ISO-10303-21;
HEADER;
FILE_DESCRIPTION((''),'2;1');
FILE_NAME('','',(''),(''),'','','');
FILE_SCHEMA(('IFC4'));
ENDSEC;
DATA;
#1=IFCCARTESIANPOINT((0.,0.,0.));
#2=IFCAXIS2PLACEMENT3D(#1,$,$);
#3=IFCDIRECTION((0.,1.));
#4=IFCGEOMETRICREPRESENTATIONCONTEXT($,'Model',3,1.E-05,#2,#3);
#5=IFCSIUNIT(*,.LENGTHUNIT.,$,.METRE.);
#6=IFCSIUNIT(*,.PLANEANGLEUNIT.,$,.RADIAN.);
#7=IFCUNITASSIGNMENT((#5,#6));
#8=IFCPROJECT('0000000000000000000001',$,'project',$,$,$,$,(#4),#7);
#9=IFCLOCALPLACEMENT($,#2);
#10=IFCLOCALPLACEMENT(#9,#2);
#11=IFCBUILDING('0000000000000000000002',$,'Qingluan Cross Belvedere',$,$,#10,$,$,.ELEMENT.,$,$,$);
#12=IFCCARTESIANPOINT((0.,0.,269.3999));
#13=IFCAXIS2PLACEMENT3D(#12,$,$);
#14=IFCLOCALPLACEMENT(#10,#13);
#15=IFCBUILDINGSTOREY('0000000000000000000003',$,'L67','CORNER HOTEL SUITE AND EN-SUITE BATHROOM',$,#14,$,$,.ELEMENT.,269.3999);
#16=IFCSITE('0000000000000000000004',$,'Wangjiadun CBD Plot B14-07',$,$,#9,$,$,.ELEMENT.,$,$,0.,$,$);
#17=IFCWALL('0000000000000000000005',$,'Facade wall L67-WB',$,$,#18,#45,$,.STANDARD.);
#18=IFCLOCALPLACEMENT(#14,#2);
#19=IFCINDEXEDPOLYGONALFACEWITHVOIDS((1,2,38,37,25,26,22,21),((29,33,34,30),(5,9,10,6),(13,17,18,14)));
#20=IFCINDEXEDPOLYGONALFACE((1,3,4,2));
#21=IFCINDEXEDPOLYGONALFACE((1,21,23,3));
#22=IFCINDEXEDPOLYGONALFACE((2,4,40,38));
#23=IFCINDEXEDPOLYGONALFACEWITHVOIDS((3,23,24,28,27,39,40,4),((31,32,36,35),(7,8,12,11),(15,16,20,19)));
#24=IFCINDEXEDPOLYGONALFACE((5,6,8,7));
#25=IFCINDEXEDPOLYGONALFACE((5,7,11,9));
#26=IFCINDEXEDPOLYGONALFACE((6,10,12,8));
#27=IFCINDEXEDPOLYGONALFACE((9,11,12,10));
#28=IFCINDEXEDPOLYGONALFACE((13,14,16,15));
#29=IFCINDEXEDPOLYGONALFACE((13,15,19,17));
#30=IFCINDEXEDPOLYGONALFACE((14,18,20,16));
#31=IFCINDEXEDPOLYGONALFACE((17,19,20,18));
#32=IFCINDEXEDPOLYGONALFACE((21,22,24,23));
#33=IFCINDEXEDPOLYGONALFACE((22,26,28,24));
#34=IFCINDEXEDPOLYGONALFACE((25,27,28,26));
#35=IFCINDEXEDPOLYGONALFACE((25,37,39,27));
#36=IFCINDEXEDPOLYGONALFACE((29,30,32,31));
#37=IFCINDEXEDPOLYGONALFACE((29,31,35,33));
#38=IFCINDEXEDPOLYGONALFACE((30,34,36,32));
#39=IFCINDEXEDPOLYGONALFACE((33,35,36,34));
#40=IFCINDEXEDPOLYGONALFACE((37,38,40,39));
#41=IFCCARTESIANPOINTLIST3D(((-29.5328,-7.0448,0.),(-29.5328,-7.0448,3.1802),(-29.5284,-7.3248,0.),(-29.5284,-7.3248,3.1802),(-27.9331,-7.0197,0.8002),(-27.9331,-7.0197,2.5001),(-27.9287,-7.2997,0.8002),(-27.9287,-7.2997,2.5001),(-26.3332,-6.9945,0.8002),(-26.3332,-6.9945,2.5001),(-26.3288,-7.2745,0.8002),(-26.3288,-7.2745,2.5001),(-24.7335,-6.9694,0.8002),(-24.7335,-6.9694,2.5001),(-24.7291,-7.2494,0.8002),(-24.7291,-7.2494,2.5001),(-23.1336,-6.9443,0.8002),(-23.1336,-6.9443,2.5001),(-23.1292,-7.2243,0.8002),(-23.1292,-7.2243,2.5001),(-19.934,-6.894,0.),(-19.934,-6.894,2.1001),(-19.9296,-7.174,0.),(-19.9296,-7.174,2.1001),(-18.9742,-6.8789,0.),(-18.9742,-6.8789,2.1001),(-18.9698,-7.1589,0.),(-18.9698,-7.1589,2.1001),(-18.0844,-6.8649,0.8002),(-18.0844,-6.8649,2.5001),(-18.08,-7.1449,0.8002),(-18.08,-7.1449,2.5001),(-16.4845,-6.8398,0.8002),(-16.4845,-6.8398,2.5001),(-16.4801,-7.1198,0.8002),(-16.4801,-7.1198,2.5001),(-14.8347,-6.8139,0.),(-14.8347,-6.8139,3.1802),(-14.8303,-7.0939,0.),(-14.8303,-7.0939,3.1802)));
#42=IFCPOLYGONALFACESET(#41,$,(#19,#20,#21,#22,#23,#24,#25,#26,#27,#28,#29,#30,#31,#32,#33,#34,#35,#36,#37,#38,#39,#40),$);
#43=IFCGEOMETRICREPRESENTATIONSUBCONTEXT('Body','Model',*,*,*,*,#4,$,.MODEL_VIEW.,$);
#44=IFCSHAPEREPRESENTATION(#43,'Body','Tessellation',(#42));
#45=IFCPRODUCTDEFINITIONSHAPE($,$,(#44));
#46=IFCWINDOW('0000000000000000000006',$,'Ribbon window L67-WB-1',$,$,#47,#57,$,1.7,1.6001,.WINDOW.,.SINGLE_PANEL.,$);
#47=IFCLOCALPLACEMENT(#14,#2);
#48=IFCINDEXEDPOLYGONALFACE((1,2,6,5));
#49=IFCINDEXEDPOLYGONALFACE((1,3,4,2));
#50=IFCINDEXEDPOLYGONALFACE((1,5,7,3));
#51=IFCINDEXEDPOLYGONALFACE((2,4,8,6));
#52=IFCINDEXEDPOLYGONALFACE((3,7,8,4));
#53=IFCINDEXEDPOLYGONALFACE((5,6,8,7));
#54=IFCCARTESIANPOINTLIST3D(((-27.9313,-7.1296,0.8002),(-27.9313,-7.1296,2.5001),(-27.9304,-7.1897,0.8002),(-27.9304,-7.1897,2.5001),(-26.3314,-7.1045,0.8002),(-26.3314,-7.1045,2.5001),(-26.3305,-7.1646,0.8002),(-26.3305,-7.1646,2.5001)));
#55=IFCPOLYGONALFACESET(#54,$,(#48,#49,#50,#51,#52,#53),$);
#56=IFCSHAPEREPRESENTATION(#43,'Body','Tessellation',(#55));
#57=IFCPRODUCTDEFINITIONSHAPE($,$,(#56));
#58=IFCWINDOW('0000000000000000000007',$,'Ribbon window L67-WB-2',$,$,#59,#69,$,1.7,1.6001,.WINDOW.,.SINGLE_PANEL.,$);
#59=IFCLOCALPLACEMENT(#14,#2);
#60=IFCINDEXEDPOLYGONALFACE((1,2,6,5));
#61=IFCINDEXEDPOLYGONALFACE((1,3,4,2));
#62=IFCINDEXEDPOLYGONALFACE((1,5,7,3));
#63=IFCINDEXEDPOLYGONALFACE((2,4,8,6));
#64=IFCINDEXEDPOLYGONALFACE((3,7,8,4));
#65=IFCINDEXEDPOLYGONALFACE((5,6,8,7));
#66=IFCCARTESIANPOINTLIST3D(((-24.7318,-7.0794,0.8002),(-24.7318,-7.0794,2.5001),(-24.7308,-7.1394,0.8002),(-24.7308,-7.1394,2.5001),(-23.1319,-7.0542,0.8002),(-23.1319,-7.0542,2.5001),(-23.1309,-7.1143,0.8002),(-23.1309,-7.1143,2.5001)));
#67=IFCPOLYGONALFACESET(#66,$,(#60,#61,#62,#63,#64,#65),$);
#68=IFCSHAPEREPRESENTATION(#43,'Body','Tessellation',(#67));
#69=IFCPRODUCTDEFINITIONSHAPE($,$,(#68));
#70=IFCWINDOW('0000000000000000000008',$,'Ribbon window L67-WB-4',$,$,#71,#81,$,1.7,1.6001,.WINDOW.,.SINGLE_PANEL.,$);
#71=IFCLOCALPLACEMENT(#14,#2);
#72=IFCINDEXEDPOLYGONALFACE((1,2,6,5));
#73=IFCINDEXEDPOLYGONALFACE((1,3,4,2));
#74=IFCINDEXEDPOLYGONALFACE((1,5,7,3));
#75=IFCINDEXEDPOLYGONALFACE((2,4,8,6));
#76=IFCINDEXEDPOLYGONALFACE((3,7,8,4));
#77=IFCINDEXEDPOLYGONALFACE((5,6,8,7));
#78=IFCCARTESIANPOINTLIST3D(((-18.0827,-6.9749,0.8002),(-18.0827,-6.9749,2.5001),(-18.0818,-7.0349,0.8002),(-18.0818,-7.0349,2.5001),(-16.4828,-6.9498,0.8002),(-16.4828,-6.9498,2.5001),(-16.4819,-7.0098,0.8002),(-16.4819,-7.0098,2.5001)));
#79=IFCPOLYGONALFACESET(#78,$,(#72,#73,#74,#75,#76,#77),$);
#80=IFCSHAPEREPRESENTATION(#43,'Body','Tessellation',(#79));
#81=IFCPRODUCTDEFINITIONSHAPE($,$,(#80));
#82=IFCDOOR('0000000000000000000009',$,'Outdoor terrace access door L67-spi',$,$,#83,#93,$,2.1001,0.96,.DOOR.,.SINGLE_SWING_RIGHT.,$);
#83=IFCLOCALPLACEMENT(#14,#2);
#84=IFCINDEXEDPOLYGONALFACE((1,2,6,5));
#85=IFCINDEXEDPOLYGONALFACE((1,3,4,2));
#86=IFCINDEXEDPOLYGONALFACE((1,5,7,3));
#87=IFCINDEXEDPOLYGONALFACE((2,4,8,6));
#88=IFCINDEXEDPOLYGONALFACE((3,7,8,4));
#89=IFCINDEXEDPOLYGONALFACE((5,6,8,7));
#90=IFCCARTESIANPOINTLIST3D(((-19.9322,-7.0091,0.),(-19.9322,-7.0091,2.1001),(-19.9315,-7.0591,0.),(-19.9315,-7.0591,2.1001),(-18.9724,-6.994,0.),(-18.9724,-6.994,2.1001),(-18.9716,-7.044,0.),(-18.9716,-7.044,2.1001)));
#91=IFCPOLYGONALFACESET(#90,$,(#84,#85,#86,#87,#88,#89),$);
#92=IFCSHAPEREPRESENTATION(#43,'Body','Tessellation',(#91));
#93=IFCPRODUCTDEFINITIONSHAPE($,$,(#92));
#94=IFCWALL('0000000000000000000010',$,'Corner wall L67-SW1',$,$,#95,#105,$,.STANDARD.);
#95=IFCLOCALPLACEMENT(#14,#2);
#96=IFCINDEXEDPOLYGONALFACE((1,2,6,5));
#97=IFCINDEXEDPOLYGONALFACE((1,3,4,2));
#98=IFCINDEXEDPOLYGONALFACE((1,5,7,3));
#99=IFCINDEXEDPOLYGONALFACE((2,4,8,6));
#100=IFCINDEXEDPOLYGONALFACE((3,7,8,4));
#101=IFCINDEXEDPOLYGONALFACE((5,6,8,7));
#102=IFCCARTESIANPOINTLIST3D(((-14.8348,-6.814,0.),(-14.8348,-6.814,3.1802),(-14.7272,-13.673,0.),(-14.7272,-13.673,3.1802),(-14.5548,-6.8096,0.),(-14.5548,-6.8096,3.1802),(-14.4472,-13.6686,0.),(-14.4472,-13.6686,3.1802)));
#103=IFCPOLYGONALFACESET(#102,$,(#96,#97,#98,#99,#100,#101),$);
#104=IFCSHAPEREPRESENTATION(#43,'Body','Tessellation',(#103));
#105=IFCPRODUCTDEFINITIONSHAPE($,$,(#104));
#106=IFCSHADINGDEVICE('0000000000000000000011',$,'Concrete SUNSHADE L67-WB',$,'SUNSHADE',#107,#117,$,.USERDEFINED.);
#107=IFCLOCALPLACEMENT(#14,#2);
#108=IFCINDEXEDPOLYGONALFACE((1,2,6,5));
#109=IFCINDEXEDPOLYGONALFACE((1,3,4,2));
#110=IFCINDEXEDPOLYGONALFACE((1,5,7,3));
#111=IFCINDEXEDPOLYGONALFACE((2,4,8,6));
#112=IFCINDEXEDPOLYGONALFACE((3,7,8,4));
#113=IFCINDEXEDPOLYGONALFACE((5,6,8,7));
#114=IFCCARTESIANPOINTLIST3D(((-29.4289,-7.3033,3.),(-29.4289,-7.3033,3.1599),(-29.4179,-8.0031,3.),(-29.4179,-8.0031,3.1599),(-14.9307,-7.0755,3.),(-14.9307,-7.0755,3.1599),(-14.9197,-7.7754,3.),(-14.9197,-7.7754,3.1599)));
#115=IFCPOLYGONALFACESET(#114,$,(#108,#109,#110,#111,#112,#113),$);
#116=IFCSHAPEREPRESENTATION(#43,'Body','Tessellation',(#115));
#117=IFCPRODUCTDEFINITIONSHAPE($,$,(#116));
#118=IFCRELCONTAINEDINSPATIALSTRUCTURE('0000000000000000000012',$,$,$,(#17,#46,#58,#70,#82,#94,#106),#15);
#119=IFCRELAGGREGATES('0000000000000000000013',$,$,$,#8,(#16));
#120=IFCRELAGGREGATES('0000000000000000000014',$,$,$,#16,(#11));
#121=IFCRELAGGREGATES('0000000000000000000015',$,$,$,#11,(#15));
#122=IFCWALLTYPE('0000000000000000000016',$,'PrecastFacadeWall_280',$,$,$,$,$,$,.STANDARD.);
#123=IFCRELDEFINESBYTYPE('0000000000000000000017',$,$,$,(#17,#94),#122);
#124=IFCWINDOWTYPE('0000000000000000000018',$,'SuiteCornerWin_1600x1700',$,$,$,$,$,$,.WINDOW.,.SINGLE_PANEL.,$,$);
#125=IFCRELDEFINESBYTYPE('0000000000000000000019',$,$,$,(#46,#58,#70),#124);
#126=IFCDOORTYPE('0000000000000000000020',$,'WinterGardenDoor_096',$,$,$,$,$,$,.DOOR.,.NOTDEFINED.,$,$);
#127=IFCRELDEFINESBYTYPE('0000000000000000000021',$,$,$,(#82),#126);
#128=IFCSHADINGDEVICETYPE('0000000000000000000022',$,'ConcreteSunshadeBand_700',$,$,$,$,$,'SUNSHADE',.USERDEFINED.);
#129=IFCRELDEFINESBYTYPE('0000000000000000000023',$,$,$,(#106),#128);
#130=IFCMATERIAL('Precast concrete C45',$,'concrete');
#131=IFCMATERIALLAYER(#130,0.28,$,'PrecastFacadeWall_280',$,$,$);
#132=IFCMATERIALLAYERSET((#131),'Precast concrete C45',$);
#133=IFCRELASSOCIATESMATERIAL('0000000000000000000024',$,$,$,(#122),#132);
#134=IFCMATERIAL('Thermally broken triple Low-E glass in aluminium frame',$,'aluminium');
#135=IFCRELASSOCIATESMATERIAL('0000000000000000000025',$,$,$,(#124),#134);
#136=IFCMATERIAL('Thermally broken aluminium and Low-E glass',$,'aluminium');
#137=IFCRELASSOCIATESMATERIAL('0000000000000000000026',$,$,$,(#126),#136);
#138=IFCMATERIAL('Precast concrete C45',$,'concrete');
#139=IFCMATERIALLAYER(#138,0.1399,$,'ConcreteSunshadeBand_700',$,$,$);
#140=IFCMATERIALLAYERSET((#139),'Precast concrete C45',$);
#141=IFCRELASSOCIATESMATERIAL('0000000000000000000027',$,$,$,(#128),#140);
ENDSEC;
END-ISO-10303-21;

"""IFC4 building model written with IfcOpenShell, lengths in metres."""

from ifc_helpers import new_model, si_unit, direction, frame, frame_2d, origin, origin_2d, place, context, subcontext, project, spatial, rectangle, extrude, material, layer, layer_set, type_object, element, fill, save


model = new_model("IFC4")

# Units and contexts
model_context = context("Model", 3, precision=1e-05, world=origin(), true_north=direction((0.0, 1.0)))
body_context = subcontext(model_context, "Body", "Model", "MODEL_VIEW")
ifc_project = project(units=[si_unit("LENGTHUNIT", "METRE"), si_unit("PLANEANGLEUNIT", "RADIAN")], contexts=[model_context])

# Site, building, storey
site_placement = place(None, origin())
site = spatial("IfcSite", under=ifc_project, at=site_placement, Name="Wangjiadun CBD Plot B14-07", CompositionType="ELEMENT", RefElevation=0.0)
building_placement = place(site_placement, origin())
building = spatial("IfcBuilding", under=site, at=building_placement, Name="Qingluan Cross Belvedere", CompositionType="ELEMENT")
storey_placement = place(building_placement, frame((0.0, 0.0, 269.3999)))
storey = spatial("IfcBuildingStorey", under=building, at=storey_placement, Name="L67", Description="CORNER HOTEL SUITE AND EN-SUITE BATHROOM", CompositionType="ELEMENT", Elevation=269.3999)

# Wall, openings, windows, door
ifc_material_1 = material(Name="Precast concrete C45", Category="concrete")
ifc_layer_1 = layer(ifc_material_1, 0.28, Name="PrecastFacadeWall_280")
ifc_layer_set_1 = layer_set([ifc_layer_1], Name="Precast concrete C45")
wall_type_1 = type_object("IfcWallType", Name="PrecastFacadeWall_280", PredefinedType="STANDARD", material=ifc_layer_set_1)
wall_1_placement = place(storey_placement, frame((-29.5308, -7.1848, 0.0), z_axis=(0.0, 0.0, 1.0), x_axis=(0.999877, 0.015711, 0.0)))
wall_1 = element("IfcWall", 1, at=wall_1_placement, inside=storey, type_object=wall_type_1, Name="Facade wall L67-WB", PredefinedType="STANDARD", context=body_context, shape_type="SweptSolid", body=[
    extrude(rectangle(XDim=14.7, YDim=0.28, at=frame_2d((7.3501, 0.0))), origin(), (0.0, 0.0, 1.0), 3.1802),
])
opening_1_placement = place(wall_1_placement, frame((1.6001, 0.0, 0.8)))
opening_1 = element("IfcOpeningElement", 2, at=opening_1_placement, cuts=wall_1, PredefinedType="OPENING", context=body_context, shape_type="SweptSolid", body=[
    extrude(rectangle(XDim=1.6001, YDim=1.7, at=frame_2d((0.8, 0.8501))), frame((0.0, 0.1499, 0.0), z_axis=(0.0, -1.0, 0.0), x_axis=(1.0, 0.0, 0.0)), (0.0, 0.0, 1.0), 0.3),
])
opening_2_placement = place(wall_1_placement, frame((4.8, 0.0, 0.8)))
opening_2 = element("IfcOpeningElement", 3, at=opening_2_placement, cuts=wall_1, PredefinedType="OPENING", context=body_context, shape_type="SweptSolid", body=[
    extrude(rectangle(XDim=1.6001, YDim=1.7, at=frame_2d((0.8, 0.8501))), frame((0.0, 0.1499, 0.0), z_axis=(0.0, -1.0, 0.0), x_axis=(1.0, 0.0, 0.0)), (0.0, 0.0, 1.0), 0.3),
])
opening_3_placement = place(wall_1_placement, frame((11.45, 0.0, 0.8)))
opening_3 = element("IfcOpeningElement", 4, at=opening_3_placement, cuts=wall_1, PredefinedType="OPENING", context=body_context, shape_type="SweptSolid", body=[
    extrude(rectangle(XDim=1.6001, YDim=1.7, at=frame_2d((0.8, 0.8501))), frame((0.0, 0.1499, 0.0), z_axis=(0.0, -1.0, 0.0), x_axis=(1.0, 0.0, 0.0)), (0.0, 0.0, 1.0), 0.3),
])
opening_4_placement = place(wall_1_placement, frame((9.6001, 0.0, 0.0)))
opening_4 = element("IfcOpeningElement", 5, at=opening_4_placement, cuts=wall_1, PredefinedType="OPENING", context=body_context, shape_type="SweptSolid", body=[
    extrude(rectangle(XDim=0.96, YDim=2.1001, at=frame_2d((0.48, 1.05))), frame((0.0, 0.1499, 0.0), z_axis=(0.0, -1.0, 0.0), x_axis=(1.0, 0.0, 0.0)), (0.0, 0.0, 1.0), 0.3),
])
ifc_material_2 = material(Name="Thermally broken triple Low-E glass in aluminium frame", Category="aluminium")
window_type = type_object("IfcWindowType", Name="SuiteCornerWin_1600x1700", PartitioningType="SINGLE_PANEL", PredefinedType="WINDOW", material=ifc_material_2)
window_1_placement = place(opening_1_placement, origin())
window_1 = element("IfcWindow", 6, at=window_1_placement, inside=storey, type_object=window_type, Name="Ribbon window L67-WB-1", OverallHeight=1.7, OverallWidth=1.6001, PartitioningType="SINGLE_PANEL", PredefinedType="WINDOW", context=body_context, shape_type="SweptSolid", body=[
    extrude(rectangle(XDim=1.6001, YDim=1.7, at=frame_2d((0.8, 0.8501))), frame((0.0, 0.03, 0.0), z_axis=(0.0, -1.0, 0.0), x_axis=(1.0, 0.0, 0.0)), (0.0, 0.0, 1.0), 0.0601),
])
fill(opening_1, window_1)
window_2_placement = place(opening_2_placement, origin())
window_2 = element("IfcWindow", 7, at=window_2_placement, inside=storey, type_object=window_type, Name="Ribbon window L67-WB-2", OverallHeight=1.7, OverallWidth=1.6001, PartitioningType="SINGLE_PANEL", PredefinedType="WINDOW", context=body_context, shape_type="SweptSolid", body=[
    extrude(rectangle(XDim=1.6001, YDim=1.7, at=frame_2d((0.8, 0.8501))), frame((0.0, 0.03, 0.0), z_axis=(0.0, -1.0, 0.0), x_axis=(1.0, 0.0, 0.0)), (0.0, 0.0, 1.0), 0.0601),
])
fill(opening_2, window_2)
window_3_placement = place(opening_3_placement, origin())
window_3 = element("IfcWindow", 8, at=window_3_placement, inside=storey, type_object=window_type, Name="Ribbon window L67-WB-4", OverallHeight=1.7, OverallWidth=1.6001, PartitioningType="SINGLE_PANEL", PredefinedType="WINDOW", context=body_context, shape_type="SweptSolid", body=[
    extrude(rectangle(XDim=1.6001, YDim=1.7, at=frame_2d((0.8, 0.8501))), frame((0.0, 0.03, 0.0), z_axis=(0.0, -1.0, 0.0), x_axis=(1.0, 0.0, 0.0)), (0.0, 0.0, 1.0), 0.0601),
])
fill(opening_3, window_3)
ifc_material_3 = material(Name="Thermally broken aluminium and Low-E glass", Category="aluminium")
door_type_1 = type_object("IfcDoorType", Name="WinterGardenDoor_096", OperationType="NOTDEFINED", PredefinedType="DOOR", material=ifc_material_3)
door_1_placement = place(opening_4_placement, origin())
door_1 = element("IfcDoor", 9, at=door_1_placement, inside=storey, type_object=door_type_1, Name="Outdoor terrace access door L67-spi", OperationType="SINGLE_SWING_RIGHT", OverallHeight=2.1001, OverallWidth=0.96, PredefinedType="DOOR", context=body_context, shape_type="SweptSolid", body=[
    extrude(rectangle(XDim=0.96, YDim=2.1001, at=frame_2d((0.48, 1.05))), frame((0.0, 0.0249, 0.0), z_axis=(0.0, -1.0, 0.0), x_axis=(1.0, 0.0, 0.0)), (0.0, 0.0, 1.0), 0.05),
])
fill(opening_4, door_1)

# Wall
wall_2_placement = place(storey_placement, frame((-14.6948, -6.8118, 0.0), z_axis=(0.0, 0.0, 1.0), x_axis=(0.015695, -0.999877, 0.0)))
element("IfcWall", 10, at=wall_2_placement, inside=storey, type_object=wall_type_1, Name="Corner wall L67-SW1", PredefinedType="STANDARD", context=body_context, shape_type="SweptSolid", body=[
    extrude(rectangle(XDim=6.8599, YDim=0.28, at=frame_2d((3.4299, 0.0))), origin(), (0.0, 0.0, 1.0), 3.1802),
])

# Shading device
ifc_material_4 = material(Name="Precast concrete C45", Category="concrete")
ifc_layer_2 = layer(ifc_material_4, 0.1399, Name="ConcreteSunshadeBand_700")
ifc_layer_set_2 = layer_set([ifc_layer_2], Name="Precast concrete C45")
shading_device_type = type_object("IfcShadingDeviceType", Name="ConcreteSunshadeBand_700", ElementType="SUNSHADE", PredefinedType="USERDEFINED", material=ifc_layer_set_2)
shading_device_placement = place(storey_placement, frame((-22.1743, -7.5393, 3.0), z_axis=(0.0, 0.0, 1.0), x_axis=(0.999877, 0.015707, 0.0)))
element("IfcShadingDevice", 11, at=shading_device_placement, inside=storey, type_object=shading_device_type, Name="Concrete SUNSHADE L67-WB", ObjectType="SUNSHADE", PredefinedType="USERDEFINED", context=body_context, shape_type="SweptSolid", body=[
    extrude(rectangle(XDim=14.5, YDim=0.7, at=origin_2d()), origin(), (0.0, 0.0, 1.0), 0.1599),
])

save(model, "model.ifc")
